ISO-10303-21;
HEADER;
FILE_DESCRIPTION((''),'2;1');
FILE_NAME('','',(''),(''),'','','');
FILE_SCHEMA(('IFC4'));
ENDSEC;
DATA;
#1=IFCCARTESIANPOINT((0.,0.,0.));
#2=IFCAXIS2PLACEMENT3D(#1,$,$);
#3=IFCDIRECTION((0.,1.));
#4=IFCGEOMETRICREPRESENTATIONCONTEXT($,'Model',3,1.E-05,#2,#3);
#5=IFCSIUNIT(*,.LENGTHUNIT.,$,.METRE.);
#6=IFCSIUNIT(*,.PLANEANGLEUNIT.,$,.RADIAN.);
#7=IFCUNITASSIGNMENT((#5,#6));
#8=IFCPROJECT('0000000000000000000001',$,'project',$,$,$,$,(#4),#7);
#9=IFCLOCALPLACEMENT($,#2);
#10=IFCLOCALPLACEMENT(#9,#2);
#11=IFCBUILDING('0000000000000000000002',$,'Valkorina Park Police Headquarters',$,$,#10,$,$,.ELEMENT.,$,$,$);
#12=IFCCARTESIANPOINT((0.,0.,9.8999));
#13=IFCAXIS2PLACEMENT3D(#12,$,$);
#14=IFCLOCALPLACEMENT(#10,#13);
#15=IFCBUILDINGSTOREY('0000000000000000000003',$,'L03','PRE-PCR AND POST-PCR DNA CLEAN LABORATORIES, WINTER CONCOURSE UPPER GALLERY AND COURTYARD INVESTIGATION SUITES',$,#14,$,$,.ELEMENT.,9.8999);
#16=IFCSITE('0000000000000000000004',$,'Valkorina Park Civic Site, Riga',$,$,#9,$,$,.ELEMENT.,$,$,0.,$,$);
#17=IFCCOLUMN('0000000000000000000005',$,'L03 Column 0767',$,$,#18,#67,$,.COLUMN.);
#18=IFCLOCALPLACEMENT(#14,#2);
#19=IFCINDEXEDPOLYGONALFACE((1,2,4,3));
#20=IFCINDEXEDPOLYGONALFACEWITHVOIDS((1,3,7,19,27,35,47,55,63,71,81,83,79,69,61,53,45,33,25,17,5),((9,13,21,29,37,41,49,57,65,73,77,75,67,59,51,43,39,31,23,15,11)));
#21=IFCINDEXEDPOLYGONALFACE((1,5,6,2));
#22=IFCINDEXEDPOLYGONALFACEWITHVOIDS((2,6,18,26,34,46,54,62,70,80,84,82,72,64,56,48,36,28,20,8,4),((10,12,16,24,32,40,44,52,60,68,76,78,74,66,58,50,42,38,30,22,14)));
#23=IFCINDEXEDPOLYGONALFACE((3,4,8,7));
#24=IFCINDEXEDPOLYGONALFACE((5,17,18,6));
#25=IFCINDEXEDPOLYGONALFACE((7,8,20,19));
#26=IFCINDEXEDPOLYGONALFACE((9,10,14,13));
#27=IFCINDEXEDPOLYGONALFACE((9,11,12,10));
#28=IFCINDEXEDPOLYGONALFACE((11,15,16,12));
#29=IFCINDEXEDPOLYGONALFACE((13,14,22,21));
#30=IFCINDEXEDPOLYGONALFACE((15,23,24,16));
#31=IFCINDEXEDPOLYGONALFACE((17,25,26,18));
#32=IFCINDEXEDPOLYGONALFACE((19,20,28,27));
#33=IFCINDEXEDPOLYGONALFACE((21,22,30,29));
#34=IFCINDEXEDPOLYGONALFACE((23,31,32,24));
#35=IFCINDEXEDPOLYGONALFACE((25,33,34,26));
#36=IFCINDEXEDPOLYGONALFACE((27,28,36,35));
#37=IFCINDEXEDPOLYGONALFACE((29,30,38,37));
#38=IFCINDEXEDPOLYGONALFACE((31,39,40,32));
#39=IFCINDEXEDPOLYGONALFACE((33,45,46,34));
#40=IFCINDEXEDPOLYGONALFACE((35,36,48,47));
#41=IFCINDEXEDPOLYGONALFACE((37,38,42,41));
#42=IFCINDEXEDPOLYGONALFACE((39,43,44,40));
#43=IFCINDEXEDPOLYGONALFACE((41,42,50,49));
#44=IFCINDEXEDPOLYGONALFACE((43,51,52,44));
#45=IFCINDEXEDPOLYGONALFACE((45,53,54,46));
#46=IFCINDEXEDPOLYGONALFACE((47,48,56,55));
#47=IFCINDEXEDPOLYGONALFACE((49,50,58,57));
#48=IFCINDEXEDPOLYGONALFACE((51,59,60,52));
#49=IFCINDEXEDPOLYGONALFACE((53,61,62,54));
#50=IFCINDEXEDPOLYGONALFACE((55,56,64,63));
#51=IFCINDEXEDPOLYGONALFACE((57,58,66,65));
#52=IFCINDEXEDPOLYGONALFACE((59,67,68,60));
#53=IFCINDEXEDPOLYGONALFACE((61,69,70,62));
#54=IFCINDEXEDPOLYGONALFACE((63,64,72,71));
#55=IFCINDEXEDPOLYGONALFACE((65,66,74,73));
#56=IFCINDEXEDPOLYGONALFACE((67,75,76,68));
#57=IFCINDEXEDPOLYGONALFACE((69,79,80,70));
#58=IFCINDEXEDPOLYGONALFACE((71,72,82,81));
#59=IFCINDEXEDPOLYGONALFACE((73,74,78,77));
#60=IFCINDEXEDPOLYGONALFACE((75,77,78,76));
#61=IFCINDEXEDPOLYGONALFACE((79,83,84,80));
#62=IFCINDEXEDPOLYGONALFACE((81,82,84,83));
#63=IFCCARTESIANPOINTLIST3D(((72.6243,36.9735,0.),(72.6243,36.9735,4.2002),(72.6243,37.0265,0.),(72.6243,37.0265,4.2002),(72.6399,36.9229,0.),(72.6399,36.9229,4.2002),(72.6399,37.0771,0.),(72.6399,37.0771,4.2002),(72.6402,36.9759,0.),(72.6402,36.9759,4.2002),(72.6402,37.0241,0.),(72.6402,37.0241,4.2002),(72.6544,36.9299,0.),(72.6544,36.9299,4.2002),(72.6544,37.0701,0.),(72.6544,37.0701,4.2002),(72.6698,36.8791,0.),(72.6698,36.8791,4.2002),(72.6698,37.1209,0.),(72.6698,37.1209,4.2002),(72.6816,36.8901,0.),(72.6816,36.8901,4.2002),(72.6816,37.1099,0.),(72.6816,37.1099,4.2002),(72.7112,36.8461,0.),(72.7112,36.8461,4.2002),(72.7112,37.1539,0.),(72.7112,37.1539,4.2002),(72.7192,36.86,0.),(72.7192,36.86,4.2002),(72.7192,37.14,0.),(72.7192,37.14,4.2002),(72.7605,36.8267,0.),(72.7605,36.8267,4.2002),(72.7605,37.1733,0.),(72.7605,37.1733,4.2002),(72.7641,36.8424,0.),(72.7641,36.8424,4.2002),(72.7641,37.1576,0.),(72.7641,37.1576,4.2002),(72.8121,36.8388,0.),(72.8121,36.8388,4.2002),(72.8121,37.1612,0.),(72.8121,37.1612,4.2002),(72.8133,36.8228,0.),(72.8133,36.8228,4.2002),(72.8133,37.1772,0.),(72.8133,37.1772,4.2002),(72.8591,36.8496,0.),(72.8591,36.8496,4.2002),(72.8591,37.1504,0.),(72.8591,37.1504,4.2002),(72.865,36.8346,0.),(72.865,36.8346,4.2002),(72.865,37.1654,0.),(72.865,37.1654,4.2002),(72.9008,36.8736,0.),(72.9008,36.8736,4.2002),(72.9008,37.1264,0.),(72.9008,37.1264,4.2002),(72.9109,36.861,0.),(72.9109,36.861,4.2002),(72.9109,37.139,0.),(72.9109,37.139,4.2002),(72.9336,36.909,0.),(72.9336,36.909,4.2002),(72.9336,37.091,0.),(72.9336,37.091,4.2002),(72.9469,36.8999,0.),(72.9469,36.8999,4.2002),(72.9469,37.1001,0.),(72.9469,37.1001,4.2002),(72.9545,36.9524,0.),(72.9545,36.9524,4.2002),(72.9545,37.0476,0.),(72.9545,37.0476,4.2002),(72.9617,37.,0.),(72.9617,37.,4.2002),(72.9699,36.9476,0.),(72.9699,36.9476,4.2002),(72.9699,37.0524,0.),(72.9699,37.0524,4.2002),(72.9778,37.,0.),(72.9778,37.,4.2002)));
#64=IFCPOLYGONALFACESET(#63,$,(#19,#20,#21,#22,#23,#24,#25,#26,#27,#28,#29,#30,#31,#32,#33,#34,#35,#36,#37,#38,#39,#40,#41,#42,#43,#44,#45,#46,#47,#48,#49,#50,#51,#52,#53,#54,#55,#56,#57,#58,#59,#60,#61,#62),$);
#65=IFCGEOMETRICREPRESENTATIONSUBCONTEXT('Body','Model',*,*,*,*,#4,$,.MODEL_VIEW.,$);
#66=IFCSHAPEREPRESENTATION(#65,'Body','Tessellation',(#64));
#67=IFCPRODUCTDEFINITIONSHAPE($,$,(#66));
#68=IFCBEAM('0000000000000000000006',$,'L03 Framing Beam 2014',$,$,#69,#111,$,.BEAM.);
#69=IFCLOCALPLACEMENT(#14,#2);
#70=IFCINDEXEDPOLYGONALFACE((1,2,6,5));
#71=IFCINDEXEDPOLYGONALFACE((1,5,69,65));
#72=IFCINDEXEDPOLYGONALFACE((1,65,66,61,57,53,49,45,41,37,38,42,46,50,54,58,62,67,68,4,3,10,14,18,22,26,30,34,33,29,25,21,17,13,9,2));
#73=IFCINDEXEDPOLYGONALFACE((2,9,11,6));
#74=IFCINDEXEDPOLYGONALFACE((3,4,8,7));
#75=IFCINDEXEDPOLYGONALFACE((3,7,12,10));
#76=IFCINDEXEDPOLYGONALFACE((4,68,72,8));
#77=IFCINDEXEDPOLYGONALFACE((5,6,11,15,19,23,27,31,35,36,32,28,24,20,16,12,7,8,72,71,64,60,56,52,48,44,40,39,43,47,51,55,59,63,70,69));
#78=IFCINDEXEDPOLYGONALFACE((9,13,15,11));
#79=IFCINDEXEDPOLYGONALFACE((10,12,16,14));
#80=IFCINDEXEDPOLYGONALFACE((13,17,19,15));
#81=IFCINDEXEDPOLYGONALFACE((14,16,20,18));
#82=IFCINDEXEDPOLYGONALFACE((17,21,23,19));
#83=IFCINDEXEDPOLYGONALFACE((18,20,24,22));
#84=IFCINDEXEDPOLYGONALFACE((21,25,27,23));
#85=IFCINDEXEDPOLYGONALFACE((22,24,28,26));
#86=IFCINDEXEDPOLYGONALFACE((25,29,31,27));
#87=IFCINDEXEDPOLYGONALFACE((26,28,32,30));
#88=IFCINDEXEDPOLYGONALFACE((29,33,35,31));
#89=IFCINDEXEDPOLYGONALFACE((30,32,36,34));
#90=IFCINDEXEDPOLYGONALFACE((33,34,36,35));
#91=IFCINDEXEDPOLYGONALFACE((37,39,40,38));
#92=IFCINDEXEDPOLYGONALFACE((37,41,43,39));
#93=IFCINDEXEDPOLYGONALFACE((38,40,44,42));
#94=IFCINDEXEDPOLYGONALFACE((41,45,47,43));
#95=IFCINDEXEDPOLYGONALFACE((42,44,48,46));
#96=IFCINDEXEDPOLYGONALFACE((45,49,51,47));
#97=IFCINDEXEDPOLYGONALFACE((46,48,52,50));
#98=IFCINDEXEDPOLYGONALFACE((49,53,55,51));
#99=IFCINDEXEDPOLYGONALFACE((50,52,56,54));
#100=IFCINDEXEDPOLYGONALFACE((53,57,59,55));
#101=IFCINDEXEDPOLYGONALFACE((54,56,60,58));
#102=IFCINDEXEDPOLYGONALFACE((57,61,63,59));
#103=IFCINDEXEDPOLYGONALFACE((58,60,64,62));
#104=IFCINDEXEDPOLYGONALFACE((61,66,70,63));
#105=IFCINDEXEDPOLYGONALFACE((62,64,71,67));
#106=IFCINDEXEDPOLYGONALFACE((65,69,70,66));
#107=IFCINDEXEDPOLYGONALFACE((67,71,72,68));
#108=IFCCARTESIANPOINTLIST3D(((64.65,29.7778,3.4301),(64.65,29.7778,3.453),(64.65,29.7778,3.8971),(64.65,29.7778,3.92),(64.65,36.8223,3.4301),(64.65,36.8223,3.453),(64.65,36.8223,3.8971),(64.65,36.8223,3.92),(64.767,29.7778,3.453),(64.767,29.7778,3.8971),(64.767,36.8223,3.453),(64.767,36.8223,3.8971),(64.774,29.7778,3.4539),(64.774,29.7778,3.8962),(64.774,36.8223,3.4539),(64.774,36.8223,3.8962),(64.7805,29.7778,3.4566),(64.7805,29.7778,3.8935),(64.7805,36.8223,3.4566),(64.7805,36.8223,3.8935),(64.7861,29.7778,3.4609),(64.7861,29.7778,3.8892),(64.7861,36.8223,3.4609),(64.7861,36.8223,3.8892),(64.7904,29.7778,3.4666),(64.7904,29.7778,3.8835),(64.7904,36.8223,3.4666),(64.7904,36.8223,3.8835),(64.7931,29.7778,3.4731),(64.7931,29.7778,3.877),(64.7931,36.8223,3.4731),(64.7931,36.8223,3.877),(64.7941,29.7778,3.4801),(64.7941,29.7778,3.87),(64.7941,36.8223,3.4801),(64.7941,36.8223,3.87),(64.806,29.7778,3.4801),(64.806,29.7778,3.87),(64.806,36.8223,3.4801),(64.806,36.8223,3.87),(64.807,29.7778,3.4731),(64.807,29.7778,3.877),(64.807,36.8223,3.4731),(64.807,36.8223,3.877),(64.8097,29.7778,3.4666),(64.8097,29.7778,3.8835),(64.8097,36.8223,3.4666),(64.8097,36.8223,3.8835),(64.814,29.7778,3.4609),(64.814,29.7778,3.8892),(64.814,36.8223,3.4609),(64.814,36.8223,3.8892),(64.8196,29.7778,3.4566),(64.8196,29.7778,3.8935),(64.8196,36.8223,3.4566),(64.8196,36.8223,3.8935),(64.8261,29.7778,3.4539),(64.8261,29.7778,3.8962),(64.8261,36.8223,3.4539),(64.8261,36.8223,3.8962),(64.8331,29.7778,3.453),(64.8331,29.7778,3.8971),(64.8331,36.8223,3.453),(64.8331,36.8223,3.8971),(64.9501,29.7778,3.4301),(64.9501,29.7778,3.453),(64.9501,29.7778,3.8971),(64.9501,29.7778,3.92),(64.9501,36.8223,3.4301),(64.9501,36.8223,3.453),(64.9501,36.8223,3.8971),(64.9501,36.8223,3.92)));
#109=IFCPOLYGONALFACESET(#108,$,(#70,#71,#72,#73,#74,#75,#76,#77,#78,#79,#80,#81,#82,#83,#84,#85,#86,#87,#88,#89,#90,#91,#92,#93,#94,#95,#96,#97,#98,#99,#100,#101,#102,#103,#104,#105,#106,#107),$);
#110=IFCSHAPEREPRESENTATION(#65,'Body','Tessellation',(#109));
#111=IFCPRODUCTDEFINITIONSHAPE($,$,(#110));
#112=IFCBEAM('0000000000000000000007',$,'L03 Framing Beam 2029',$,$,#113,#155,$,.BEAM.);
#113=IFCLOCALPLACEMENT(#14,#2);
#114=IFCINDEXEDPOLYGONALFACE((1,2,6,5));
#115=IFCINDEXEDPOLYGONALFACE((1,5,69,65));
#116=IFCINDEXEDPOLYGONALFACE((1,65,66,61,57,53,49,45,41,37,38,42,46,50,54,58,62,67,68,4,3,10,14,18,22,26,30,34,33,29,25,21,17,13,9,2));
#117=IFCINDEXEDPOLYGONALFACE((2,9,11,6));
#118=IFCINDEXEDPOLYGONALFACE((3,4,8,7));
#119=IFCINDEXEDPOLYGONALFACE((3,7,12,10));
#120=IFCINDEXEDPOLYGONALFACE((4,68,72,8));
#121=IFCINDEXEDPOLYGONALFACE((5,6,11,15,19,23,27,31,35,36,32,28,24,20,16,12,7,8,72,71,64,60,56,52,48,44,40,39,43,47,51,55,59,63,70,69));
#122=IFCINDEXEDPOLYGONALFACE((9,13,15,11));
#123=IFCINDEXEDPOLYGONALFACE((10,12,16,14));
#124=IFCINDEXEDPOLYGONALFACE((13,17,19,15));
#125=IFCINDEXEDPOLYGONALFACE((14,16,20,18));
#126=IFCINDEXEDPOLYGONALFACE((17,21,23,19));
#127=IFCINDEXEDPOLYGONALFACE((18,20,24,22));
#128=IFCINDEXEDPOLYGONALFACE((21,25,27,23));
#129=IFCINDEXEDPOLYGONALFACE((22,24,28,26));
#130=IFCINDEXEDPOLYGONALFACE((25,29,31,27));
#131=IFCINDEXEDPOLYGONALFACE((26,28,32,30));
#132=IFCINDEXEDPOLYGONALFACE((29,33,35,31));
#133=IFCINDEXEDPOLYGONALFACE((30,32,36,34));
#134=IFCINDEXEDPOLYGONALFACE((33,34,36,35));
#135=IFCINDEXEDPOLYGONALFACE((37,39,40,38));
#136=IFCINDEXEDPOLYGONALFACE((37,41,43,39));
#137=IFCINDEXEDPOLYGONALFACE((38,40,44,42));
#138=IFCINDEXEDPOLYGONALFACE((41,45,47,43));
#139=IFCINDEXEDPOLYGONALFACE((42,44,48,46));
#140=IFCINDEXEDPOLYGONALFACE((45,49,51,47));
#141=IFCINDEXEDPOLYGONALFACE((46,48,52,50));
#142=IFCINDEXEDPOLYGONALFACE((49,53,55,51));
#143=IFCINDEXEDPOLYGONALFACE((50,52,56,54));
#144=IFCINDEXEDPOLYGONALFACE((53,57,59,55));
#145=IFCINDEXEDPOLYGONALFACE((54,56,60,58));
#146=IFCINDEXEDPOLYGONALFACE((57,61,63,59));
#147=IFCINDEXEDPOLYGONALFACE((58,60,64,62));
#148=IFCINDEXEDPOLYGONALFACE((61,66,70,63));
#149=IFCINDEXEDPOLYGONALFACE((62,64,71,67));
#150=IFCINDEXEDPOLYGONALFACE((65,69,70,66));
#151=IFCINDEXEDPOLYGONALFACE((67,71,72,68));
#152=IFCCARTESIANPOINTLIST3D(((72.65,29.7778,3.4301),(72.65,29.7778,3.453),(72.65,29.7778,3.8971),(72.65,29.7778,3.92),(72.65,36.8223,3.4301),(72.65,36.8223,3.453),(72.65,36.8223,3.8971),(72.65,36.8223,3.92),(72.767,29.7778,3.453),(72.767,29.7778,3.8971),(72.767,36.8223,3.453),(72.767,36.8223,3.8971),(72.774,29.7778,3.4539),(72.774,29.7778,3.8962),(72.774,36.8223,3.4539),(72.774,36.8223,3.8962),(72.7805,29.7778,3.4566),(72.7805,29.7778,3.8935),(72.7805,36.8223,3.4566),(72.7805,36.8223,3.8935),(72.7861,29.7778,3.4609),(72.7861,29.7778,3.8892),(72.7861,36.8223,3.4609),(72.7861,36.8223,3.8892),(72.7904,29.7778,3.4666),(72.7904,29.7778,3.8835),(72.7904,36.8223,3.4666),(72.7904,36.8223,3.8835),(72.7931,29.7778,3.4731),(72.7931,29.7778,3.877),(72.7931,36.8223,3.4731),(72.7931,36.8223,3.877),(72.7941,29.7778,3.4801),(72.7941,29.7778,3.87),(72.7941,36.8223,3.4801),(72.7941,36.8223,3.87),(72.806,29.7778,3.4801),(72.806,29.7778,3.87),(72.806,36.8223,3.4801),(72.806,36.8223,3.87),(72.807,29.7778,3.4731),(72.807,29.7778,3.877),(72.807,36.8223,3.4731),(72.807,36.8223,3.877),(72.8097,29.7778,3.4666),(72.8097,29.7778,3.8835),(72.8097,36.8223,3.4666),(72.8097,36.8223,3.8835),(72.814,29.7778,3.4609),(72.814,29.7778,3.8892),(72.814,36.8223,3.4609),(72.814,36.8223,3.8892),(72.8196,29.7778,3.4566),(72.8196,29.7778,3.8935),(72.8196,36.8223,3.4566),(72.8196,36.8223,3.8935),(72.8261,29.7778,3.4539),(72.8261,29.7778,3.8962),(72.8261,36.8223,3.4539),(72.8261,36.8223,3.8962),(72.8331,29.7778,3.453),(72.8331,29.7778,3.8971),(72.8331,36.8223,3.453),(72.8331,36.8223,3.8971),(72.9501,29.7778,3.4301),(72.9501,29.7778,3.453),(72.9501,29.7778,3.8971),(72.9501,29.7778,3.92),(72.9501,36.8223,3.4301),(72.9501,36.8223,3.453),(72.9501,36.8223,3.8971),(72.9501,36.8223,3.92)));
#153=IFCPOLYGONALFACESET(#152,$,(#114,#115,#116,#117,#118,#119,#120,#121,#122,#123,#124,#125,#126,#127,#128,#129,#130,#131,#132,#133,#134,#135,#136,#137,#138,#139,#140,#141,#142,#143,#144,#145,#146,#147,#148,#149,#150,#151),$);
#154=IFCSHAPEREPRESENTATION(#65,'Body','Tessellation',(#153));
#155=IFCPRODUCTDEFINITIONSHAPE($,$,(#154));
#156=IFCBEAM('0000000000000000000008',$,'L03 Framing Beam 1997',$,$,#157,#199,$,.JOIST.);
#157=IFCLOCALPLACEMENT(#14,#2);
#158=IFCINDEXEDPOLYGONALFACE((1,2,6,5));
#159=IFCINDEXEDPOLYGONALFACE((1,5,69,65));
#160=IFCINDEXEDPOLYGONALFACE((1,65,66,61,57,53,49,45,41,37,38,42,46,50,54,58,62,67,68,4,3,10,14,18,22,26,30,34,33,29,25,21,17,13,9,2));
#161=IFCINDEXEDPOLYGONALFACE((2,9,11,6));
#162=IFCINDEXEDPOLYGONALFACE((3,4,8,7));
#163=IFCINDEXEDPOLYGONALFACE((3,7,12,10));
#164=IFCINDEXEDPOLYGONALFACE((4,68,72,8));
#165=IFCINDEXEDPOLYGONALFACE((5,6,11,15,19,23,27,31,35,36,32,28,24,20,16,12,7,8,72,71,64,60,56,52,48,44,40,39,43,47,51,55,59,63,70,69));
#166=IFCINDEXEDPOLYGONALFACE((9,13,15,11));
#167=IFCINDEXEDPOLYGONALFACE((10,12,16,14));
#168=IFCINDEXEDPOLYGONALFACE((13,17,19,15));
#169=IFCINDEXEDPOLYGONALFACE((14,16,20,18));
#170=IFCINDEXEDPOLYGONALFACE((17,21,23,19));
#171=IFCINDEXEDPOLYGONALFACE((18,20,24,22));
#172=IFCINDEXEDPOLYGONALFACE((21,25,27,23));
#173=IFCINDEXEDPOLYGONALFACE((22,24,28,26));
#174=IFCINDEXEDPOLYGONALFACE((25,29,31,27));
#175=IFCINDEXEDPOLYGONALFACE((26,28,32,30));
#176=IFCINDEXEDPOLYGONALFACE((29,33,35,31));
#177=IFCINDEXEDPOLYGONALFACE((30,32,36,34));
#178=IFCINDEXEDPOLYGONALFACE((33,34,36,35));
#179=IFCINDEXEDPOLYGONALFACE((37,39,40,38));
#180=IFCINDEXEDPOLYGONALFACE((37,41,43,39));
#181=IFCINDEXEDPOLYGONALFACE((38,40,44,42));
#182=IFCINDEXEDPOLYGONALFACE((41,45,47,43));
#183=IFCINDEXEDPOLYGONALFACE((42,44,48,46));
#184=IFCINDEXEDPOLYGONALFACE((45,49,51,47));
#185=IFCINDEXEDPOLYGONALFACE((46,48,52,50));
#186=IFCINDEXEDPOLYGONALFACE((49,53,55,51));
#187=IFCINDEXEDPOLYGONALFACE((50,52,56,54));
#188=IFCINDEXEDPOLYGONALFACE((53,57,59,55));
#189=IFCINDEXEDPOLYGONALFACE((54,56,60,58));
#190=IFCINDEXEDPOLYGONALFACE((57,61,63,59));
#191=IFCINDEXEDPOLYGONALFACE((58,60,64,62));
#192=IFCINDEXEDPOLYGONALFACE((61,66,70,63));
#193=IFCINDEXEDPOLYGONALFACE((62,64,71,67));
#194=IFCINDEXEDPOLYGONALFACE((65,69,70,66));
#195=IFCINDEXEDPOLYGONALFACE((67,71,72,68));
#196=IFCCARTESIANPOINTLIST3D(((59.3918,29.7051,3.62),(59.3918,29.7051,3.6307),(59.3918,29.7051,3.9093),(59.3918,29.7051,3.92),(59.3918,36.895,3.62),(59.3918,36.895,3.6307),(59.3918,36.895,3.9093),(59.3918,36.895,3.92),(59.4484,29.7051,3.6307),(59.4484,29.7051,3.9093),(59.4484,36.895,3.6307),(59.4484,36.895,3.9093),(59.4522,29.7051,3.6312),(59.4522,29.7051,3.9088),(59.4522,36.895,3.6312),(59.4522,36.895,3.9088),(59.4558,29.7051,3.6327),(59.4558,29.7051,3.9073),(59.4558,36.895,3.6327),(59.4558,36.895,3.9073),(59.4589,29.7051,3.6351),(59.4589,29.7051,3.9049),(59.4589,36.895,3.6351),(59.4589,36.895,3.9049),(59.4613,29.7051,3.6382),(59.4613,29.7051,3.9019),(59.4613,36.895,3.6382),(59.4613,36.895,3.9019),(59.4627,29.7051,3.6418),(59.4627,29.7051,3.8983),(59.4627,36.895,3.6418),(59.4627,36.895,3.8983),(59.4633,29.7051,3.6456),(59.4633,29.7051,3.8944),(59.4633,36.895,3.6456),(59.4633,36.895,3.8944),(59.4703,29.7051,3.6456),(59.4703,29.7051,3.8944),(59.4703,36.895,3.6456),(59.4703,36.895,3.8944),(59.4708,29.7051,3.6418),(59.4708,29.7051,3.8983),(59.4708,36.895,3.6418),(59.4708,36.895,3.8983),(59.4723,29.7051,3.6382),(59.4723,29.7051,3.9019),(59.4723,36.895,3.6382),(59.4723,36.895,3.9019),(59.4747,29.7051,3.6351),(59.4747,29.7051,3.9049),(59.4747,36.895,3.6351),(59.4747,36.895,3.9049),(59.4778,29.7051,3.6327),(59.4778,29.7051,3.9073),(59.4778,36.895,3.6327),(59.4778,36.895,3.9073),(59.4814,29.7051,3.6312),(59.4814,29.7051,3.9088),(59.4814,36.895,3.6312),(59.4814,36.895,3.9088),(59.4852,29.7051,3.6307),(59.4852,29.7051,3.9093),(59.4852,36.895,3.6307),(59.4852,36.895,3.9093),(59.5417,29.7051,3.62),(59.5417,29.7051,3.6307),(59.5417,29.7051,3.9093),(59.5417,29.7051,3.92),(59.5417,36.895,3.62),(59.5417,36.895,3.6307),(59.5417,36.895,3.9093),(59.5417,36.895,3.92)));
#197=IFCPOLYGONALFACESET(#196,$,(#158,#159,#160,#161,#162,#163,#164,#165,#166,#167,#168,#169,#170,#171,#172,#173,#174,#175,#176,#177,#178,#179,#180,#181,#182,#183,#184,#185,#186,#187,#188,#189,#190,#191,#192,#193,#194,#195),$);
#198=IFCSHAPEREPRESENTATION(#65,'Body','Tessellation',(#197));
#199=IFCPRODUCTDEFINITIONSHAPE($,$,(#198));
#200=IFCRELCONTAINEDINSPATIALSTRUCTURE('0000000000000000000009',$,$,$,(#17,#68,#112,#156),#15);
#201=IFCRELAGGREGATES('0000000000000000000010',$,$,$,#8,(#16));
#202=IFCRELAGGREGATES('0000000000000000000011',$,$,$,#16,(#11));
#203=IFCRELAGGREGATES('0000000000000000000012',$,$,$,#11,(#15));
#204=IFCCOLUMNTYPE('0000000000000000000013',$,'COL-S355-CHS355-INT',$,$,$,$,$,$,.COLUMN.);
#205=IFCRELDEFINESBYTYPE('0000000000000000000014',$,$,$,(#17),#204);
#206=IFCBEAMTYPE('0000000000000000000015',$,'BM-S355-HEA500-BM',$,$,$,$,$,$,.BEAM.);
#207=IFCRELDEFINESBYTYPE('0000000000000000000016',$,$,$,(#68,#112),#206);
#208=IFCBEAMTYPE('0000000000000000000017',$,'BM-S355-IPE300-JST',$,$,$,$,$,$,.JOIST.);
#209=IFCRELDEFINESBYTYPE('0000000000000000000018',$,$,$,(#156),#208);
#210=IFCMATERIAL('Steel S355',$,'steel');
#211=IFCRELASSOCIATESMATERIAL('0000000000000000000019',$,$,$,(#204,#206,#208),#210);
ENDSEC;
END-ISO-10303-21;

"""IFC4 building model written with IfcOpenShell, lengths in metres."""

from ifc_helpers import new_model, si_unit, direction, frame, origin, origin_2d, place, context, subcontext, project, spatial, hollow_circle, i_section, extrude, material, material_profile, profile_set, type_object, element, save


model = new_model("IFC4")

# Units and contexts
model_context = context("Model", 3, precision=1e-05, world=origin(), true_north=direction((0.0, 1.0)))
body_context = subcontext(model_context, "Body", "Model", "MODEL_VIEW")
ifc_project = project(units=[si_unit("LENGTHUNIT", "METRE"), si_unit("PLANEANGLEUNIT", "RADIAN")], contexts=[model_context])

# Site, building, storey
site_placement = place(None, origin())
site = spatial("IfcSite", under=ifc_project, at=site_placement, Name="Valkorina Park Civic Site, Riga", CompositionType="ELEMENT", RefElevation=0.0)
building_placement = place(site_placement, origin())
building = spatial("IfcBuilding", under=site, at=building_placement, Name="Valkorina Park Police Headquarters", CompositionType="ELEMENT")
storey_placement = place(building_placement, frame((0.0, 0.0, 9.8999)))
storey = spatial("IfcBuildingStorey", under=building, at=storey_placement, Name="L03", Description="PRE-PCR AND POST-PCR DNA CLEAN LABORATORIES, WINTER CONCOURSE UPPER GALLERY AND COURTYARD INVESTIGATION SUITES", CompositionType="ELEMENT", Elevation=9.8999)

# Column
ifc_material_1 = material(Name="Steel S355", Category="steel")
ifc_material_profile_1 = material_profile(ifc_material_1, hollow_circle(Radius=0.1777, WallThickness=0.0161, at=origin_2d()), Name="CHS 355.6x16")
ifc_profile_set_1 = profile_set([ifc_material_profile_1], Name="Steel S355")
column_type = type_object("IfcColumnType", Name="COL-S355-CHS355-INT", PredefinedType="COLUMN", material=ifc_profile_set_1)
for number, where, z_axis, x_axis, name in (
    (1, (72.8, 37.0, 0.0), (0.0, 0.0, 1.0), (1.0, 0.0, 0.0), "L03 Column 0767"),
):
    element("IfcColumn", number, at=place(storey_placement, frame(where, z_axis=z_axis, x_axis=x_axis)), inside=storey, type_object=column_type, Name=name, PredefinedType="COLUMN", context=body_context, shape_type="SweptSolid", body=[
        extrude(hollow_circle(Radius=0.1777, WallThickness=0.0161, at=origin_2d()), origin(), (0.0, 0.0, 1.0), 4.2002),
    ])

# Beams
ifc_material_profile_2 = material_profile(ifc_material_1, i_section(OverallWidth=0.3, OverallDepth=0.49, WebThickness=0.012, FlangeThickness=0.0229, FilletRadius=0.0271, at=origin_2d()), Name="HEA 500")
ifc_profile_set_2 = profile_set([ifc_material_profile_2], Name="Steel S355")
beam_type_1 = type_object("IfcBeamType", Name="BM-S355-HEA500-BM", PredefinedType="BEAM", material=ifc_profile_set_2)
for number, where, z_axis, x_axis, name in (
    (2, (64.8, 29.7778, 3.675), (0.0, 1.0, 0.0), (-1.0, 0.0, 0.0), "L03 Framing Beam 2014"),
    (3, (72.8, 29.7778, 3.675), (0.0, 1.0, 0.0), (-1.0, 0.0, 0.0), "L03 Framing Beam 2029"),
):
    element("IfcBeam", number, at=place(storey_placement, frame(where, z_axis=z_axis, x_axis=x_axis)), inside=storey, type_object=beam_type_1, Name=name, PredefinedType="BEAM", context=body_context, shape_type="SweptSolid", body=[
        extrude(i_section(OverallWidth=0.3, OverallDepth=0.49, WebThickness=0.012, FlangeThickness=0.0229, FilletRadius=0.0271, at=origin_2d()), origin(), (0.0, 0.0, 1.0), 7.0444),
    ])
ifc_material_profile_3 = material_profile(ifc_material_1, i_section(OverallWidth=0.1499, OverallDepth=0.3, WebThickness=0.0071, FlangeThickness=0.0107, FilletRadius=0.0149, at=origin_2d()), Name="IPE 300")
ifc_profile_set_3 = profile_set([ifc_material_profile_3], Name="Steel S355")
beam_type_2 = type_object("IfcBeamType", Name="BM-S355-IPE300-JST", PredefinedType="JOIST", material=ifc_profile_set_3)
for number, where, z_axis, x_axis, name in (
    (4, (59.4668, 29.7051, 3.77), (0.0, 1.0, 0.0), (-1.0, 0.0, 0.0), "L03 Framing Beam 1997"),
):
    element("IfcBeam", number, at=place(storey_placement, frame(where, z_axis=z_axis, x_axis=x_axis)), inside=storey, type_object=beam_type_2, Name=name, PredefinedType="JOIST", context=body_context, shape_type="SweptSolid", body=[
        extrude(i_section(OverallWidth=0.1499, OverallDepth=0.3, WebThickness=0.0071, FlangeThickness=0.0107, FilletRadius=0.0149, at=origin_2d()), origin(), (0.0, 0.0, 1.0), 7.1899),
    ])

save(model, "model.ifc")
